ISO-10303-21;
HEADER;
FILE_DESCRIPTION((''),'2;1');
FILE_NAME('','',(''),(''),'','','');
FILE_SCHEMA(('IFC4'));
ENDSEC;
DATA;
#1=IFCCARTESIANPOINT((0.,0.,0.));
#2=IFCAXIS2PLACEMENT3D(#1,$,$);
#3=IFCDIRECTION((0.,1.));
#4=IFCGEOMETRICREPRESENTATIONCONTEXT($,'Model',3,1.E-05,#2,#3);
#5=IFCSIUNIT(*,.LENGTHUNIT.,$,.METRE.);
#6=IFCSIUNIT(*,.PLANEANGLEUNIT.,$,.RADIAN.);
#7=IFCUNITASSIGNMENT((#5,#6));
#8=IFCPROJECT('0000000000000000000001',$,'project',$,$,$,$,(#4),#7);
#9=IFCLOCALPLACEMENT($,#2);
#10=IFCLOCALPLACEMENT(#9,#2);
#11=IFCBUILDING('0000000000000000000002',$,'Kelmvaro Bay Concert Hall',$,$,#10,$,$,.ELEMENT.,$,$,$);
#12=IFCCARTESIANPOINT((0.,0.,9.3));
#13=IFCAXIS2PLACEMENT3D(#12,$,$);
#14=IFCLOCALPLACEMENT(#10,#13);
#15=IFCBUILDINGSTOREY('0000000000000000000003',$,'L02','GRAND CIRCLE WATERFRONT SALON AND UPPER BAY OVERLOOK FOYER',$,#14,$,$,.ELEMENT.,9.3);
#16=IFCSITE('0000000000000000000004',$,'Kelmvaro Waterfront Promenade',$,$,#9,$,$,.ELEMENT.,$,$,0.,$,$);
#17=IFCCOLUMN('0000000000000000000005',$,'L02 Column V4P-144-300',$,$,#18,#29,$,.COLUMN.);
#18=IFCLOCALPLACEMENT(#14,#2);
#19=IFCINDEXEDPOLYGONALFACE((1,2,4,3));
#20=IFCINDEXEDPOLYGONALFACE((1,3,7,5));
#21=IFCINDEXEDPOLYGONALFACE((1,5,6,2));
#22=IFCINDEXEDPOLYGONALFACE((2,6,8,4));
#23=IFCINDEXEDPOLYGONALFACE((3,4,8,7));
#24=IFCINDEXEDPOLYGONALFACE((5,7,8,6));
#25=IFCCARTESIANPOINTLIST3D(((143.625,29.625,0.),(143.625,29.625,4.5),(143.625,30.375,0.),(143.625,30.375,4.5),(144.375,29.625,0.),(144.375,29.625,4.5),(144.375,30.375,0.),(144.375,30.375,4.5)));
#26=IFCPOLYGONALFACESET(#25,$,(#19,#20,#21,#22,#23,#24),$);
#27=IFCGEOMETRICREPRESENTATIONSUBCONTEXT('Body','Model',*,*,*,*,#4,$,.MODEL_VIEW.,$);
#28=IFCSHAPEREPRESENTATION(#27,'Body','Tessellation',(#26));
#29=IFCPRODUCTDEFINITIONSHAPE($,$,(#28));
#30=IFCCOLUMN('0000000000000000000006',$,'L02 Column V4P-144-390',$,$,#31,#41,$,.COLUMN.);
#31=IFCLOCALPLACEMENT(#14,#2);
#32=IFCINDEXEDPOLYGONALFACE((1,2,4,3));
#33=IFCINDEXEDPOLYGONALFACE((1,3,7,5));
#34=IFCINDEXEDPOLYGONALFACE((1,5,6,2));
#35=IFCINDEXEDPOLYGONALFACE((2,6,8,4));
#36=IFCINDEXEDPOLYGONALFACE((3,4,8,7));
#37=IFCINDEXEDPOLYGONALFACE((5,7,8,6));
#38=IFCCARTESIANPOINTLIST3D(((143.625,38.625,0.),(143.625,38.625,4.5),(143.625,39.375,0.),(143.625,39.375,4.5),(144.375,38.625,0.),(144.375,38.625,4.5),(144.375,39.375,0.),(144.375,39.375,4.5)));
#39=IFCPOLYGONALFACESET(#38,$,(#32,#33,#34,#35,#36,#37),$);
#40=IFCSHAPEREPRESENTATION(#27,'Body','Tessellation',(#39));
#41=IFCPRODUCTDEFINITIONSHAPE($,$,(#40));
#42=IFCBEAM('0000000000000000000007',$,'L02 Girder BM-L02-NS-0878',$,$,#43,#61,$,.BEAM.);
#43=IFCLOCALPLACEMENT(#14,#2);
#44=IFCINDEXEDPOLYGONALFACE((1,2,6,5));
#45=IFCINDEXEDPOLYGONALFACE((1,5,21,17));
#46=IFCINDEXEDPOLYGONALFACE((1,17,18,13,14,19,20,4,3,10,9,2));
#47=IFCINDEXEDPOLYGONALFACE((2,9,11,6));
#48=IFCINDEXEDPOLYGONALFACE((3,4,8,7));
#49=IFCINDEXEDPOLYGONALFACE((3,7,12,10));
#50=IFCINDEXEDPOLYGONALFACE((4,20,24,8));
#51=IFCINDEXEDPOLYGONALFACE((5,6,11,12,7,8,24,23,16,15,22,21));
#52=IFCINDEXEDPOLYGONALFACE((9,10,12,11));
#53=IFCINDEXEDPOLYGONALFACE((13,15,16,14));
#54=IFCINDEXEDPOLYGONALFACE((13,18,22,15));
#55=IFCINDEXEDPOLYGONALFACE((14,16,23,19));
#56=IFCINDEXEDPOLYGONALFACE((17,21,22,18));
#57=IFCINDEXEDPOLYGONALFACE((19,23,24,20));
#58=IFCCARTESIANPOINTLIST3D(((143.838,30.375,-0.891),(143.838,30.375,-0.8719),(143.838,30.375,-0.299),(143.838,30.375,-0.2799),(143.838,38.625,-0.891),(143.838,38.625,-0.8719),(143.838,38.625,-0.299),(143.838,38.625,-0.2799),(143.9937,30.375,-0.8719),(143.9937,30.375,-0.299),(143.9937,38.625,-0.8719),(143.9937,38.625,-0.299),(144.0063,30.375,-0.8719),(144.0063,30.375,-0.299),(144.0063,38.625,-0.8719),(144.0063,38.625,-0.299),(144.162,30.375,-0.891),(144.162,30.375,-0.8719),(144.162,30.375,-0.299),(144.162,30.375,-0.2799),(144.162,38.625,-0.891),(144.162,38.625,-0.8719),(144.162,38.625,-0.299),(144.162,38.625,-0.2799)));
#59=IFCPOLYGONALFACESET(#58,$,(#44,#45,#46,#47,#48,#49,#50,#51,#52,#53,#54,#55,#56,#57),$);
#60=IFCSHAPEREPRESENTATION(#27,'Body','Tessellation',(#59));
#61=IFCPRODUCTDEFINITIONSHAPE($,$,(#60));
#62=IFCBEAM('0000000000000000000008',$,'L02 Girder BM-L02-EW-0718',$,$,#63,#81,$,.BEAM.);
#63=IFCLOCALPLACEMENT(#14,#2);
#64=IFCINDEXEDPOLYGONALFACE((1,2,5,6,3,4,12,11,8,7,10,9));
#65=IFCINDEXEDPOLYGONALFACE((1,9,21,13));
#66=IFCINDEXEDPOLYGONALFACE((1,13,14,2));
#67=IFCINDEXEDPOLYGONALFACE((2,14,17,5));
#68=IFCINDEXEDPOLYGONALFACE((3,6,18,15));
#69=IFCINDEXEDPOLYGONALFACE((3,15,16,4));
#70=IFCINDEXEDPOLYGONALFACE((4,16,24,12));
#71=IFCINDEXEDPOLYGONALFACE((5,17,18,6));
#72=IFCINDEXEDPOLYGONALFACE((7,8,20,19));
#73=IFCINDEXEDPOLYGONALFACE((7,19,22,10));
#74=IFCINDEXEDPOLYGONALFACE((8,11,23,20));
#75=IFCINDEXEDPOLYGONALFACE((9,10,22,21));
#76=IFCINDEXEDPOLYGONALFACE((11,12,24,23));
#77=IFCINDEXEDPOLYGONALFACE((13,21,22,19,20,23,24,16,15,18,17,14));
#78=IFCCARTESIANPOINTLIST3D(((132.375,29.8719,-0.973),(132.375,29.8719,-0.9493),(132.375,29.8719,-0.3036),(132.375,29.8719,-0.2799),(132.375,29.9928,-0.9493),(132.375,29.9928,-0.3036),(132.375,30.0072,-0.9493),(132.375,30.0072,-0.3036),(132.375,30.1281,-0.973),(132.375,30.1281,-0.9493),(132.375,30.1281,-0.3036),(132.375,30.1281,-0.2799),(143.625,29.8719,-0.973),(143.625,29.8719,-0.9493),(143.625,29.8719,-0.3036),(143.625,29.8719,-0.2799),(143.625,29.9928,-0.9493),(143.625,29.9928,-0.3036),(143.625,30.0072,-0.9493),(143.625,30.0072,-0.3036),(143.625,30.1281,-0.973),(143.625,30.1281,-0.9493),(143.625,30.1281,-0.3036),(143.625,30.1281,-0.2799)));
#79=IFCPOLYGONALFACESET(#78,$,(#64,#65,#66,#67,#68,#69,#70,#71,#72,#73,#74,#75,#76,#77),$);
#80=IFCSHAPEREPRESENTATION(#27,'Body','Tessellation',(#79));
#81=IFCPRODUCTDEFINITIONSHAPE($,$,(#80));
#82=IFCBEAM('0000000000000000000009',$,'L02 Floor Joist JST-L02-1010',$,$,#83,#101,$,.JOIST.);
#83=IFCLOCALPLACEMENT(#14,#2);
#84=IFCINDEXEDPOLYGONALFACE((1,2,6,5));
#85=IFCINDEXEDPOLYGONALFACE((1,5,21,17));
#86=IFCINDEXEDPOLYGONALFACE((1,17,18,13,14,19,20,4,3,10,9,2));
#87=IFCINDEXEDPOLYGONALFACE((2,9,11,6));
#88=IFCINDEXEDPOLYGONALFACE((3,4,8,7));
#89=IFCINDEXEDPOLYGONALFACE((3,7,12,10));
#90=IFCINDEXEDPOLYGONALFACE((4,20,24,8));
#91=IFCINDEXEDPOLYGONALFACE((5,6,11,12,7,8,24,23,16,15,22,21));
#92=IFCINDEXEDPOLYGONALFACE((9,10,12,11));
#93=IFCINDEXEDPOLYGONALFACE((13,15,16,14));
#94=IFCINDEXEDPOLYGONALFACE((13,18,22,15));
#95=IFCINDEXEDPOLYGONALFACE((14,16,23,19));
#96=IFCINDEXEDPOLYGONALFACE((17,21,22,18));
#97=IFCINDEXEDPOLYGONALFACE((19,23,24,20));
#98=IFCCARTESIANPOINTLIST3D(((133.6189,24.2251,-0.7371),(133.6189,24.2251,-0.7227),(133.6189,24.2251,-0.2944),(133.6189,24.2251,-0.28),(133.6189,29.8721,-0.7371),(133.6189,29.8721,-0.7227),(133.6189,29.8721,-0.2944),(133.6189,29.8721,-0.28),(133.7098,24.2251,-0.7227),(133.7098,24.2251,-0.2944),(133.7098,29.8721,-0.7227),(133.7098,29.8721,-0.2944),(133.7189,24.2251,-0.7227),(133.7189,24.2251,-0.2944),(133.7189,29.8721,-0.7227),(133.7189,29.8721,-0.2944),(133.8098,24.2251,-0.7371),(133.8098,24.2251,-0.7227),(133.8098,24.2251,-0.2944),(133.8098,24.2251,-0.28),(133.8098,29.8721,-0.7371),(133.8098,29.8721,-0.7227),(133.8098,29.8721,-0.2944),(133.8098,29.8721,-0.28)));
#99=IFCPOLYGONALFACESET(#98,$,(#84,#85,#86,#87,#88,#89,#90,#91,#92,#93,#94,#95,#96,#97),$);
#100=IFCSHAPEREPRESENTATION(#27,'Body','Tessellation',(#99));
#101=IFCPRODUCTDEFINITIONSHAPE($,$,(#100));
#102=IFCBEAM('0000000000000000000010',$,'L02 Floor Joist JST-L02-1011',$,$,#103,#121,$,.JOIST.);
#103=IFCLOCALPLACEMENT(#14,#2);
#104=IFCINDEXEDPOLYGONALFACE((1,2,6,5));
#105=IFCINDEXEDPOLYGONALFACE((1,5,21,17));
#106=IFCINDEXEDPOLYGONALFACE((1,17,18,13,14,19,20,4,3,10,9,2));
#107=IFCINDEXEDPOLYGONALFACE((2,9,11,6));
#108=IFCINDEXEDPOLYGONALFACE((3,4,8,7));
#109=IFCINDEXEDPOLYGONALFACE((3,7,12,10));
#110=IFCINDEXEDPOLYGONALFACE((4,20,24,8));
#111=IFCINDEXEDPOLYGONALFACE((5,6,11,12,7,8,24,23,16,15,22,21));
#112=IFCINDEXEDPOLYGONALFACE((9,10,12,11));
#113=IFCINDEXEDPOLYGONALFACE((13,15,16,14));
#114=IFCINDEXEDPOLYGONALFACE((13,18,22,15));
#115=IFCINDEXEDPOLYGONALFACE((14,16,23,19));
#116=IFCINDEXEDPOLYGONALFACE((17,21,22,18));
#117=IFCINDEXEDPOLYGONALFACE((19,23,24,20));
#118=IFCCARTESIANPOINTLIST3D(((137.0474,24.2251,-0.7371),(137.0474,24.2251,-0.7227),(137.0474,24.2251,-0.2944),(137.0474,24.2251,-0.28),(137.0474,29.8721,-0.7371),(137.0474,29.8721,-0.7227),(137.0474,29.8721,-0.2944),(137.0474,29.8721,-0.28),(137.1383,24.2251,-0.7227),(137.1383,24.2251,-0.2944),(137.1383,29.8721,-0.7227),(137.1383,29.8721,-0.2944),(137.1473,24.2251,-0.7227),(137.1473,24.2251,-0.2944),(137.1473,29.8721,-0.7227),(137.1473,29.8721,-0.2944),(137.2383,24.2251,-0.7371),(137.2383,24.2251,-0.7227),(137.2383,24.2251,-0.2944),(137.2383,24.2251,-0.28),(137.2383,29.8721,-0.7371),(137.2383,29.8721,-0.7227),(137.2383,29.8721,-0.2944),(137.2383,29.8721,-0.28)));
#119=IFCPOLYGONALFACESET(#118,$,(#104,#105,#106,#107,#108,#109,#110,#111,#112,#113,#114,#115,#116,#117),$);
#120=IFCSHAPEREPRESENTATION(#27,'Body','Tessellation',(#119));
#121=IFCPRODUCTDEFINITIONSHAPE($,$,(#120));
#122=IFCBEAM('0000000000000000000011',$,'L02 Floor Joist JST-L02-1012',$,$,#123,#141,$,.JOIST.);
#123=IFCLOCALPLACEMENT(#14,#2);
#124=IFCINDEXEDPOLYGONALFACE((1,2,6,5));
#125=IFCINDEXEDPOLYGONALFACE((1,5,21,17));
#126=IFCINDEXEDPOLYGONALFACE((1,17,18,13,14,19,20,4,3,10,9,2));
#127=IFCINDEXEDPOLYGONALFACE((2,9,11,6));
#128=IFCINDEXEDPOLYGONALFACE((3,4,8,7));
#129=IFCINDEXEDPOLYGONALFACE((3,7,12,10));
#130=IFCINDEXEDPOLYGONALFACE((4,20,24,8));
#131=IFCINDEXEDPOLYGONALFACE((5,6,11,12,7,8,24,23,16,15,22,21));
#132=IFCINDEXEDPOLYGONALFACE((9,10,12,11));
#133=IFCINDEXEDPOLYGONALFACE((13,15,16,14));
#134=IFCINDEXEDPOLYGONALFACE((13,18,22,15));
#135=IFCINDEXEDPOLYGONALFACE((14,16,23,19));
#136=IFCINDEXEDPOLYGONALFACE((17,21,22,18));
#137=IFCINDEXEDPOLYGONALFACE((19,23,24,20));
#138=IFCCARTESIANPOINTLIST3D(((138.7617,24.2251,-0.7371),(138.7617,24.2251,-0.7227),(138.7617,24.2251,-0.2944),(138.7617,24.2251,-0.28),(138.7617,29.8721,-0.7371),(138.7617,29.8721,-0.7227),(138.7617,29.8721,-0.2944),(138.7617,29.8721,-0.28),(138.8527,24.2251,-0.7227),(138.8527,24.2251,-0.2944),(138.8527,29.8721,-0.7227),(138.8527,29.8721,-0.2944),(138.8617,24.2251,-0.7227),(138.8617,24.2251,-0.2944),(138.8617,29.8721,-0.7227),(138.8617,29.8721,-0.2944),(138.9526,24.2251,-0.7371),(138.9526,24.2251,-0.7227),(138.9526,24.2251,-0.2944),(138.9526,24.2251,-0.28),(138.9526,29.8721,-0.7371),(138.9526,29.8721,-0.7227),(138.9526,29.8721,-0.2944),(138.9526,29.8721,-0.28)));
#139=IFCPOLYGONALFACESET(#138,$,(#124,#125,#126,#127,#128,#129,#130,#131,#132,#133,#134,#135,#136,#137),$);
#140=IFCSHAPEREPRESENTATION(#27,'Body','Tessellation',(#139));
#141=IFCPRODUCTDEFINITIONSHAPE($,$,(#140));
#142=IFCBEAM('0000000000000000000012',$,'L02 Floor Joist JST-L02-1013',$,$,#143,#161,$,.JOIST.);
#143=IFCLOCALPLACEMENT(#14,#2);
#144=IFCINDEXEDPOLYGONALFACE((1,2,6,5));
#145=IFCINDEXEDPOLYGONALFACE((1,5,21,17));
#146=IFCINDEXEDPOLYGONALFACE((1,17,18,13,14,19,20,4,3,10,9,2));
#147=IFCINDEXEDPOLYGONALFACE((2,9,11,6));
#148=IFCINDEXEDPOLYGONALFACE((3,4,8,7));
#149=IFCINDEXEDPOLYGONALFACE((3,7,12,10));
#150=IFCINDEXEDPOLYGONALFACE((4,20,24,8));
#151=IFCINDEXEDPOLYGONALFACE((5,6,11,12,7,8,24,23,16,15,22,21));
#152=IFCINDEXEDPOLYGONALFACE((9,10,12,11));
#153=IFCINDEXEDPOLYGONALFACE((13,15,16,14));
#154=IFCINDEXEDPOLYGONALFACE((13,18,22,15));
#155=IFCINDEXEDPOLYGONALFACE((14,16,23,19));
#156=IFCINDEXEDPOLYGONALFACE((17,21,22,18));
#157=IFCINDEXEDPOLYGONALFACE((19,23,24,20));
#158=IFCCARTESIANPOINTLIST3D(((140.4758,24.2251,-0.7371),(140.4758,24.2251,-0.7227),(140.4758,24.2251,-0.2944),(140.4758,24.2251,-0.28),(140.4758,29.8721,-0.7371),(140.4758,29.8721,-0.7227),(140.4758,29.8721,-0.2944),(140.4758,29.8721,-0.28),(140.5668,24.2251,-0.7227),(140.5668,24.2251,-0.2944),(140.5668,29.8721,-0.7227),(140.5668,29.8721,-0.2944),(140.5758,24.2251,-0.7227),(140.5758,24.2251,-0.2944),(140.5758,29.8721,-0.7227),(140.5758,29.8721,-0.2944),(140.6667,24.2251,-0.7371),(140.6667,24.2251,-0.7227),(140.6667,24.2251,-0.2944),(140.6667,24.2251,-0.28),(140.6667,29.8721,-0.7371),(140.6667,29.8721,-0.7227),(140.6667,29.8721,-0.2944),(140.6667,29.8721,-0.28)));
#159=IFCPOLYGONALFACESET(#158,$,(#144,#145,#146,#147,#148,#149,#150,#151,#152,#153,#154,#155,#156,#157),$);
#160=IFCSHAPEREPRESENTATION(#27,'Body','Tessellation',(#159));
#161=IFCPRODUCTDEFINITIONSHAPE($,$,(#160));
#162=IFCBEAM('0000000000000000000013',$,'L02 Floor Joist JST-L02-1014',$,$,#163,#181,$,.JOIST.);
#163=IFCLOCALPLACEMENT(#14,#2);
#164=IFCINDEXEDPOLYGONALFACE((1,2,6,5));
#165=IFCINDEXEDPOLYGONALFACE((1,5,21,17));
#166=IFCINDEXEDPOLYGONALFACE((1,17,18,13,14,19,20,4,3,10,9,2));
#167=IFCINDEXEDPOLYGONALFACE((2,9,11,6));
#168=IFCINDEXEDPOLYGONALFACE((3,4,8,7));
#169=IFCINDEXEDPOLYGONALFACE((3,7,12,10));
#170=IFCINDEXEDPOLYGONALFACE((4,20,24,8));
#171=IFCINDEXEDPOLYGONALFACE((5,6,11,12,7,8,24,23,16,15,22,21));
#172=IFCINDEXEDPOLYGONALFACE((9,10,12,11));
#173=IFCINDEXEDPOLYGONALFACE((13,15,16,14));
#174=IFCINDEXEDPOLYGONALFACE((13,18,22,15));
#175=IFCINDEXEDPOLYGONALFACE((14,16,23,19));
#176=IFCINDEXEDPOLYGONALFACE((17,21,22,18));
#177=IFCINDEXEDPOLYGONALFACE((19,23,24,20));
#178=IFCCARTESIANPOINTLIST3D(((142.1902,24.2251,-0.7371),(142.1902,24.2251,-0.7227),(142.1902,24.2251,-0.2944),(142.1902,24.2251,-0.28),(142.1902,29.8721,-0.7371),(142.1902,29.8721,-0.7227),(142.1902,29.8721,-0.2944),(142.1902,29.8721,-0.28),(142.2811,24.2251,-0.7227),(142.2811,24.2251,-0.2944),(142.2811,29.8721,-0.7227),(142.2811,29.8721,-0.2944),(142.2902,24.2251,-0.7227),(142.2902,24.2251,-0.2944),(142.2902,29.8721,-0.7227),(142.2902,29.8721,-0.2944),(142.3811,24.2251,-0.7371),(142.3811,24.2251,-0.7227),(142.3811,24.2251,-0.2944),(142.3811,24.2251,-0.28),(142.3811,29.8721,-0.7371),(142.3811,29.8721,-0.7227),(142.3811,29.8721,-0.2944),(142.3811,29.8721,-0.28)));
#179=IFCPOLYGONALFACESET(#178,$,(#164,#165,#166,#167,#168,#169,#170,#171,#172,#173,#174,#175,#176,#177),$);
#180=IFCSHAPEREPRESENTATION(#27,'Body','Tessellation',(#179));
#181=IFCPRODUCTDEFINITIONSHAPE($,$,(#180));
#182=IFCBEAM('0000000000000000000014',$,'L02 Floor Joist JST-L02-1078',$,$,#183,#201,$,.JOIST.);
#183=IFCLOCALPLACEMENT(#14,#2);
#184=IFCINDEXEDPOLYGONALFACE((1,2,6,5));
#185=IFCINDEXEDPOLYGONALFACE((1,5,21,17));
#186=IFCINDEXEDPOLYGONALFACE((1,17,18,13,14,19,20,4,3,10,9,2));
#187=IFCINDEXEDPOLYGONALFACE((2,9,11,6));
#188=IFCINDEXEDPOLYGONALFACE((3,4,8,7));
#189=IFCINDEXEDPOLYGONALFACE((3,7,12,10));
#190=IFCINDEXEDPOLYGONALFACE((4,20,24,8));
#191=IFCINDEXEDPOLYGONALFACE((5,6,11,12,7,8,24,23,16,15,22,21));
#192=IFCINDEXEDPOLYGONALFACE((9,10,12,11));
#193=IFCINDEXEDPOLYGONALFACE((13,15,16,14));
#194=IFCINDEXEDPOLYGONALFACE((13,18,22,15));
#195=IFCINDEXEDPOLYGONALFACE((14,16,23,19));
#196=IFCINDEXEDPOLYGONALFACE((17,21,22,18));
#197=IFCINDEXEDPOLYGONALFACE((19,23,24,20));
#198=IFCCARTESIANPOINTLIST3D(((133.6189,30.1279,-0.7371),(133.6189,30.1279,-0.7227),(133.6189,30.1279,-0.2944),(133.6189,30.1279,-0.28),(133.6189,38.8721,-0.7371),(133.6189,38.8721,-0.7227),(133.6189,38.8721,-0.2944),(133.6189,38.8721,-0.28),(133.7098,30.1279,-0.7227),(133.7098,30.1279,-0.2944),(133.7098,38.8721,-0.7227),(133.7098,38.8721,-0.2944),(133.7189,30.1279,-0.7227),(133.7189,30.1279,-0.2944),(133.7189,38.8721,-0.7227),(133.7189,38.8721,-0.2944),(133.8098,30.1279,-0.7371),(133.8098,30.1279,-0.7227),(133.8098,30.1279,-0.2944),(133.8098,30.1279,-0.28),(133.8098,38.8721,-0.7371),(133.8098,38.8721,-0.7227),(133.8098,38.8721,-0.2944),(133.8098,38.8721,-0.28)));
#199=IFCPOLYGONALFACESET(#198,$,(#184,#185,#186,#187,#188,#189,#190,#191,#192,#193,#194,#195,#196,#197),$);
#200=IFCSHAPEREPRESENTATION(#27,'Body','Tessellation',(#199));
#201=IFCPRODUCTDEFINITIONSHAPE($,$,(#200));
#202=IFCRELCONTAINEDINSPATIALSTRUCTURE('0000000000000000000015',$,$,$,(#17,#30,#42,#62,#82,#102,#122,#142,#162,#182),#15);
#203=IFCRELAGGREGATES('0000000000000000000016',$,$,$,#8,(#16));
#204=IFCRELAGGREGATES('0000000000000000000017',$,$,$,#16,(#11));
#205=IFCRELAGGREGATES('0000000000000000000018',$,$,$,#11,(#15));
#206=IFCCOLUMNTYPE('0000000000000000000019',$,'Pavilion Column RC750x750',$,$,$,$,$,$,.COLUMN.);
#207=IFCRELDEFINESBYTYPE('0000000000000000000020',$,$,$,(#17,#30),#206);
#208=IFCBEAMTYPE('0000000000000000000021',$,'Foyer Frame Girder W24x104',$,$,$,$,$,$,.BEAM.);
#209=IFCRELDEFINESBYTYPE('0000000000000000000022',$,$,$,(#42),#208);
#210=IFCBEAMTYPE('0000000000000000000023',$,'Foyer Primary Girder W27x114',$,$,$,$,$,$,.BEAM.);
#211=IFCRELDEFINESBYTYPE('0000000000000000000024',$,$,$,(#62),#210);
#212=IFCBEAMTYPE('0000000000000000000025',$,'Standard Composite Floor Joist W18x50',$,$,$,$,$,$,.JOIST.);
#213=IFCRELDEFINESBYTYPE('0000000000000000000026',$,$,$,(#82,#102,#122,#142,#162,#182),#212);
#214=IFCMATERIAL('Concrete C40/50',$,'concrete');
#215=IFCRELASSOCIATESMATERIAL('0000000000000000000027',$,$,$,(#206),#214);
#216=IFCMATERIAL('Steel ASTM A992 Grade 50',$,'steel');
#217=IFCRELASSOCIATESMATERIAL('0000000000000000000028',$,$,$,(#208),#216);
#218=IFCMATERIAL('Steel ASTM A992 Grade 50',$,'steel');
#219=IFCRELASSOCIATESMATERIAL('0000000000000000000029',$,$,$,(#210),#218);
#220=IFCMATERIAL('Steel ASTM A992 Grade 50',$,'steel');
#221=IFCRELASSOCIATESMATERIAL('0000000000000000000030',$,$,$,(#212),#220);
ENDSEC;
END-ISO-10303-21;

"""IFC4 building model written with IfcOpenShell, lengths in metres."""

from ifc_helpers import new_model, si_unit, direction, frame, origin, origin_2d, place, context, subcontext, project, spatial, rectangle, i_section, extrude, material, material_profile, profile_set, type_object, element, save


model = new_model("IFC4")

# Units and contexts
model_context = context("Model", 3, precision=1e-05, world=origin(), true_north=direction((0.0, 1.0)))
body_context = subcontext(model_context, "Body", "Model", "MODEL_VIEW")
ifc_project = project(units=[si_unit("LENGTHUNIT", "METRE"), si_unit("PLANEANGLEUNIT", "RADIAN")], contexts=[model_context])

# Site, building, storey
site_placement = place(None, origin())
site = spatial("IfcSite", under=ifc_project, at=site_placement, Name="Kelmvaro Waterfront Promenade", CompositionType="ELEMENT", RefElevation=0.0)
building_placement = place(site_placement, origin())
building = spatial("IfcBuilding", under=site, at=building_placement, Name="Kelmvaro Bay Concert Hall", CompositionType="ELEMENT")
storey_placement = place(building_placement, frame((0.0, 0.0, 9.3)))
storey = spatial("IfcBuildingStorey", under=building, at=storey_placement, Name="L02", Description="GRAND CIRCLE WATERFRONT SALON AND UPPER BAY OVERLOOK FOYER", CompositionType="ELEMENT", Elevation=9.3)

# Columns
ifc_material_1 = material(Name="Concrete C40/50", Category="concrete")
ifc_material_profile_1 = material_profile(ifc_material_1, rectangle(XDim=0.75, YDim=0.75, at=origin_2d()), Name="RC-COL-750X750")
ifc_profile_set_1 = profile_set([ifc_material_profile_1], Name="Concrete C40/50")
column_type = type_object("IfcColumnType", Name="Pavilion Column RC750x750", PredefinedType="COLUMN", material=ifc_profile_set_1)
for number, where, z_axis, x_axis, name in (
    (1, (144.0, 30.0, 0.0), (0.0, 0.0, 1.0), (1.0, 0.0, 0.0), "L02 Column V4P-144-300"),
    (2, (144.0, 39.0, 0.0), (0.0, 0.0, 1.0), (1.0, 0.0, 0.0), "L02 Column V4P-144-390"),
):
    element("IfcColumn", number, at=place(storey_placement, frame(where, z_axis=z_axis, x_axis=x_axis)), inside=storey, type_object=column_type, Name=name, PredefinedType="COLUMN", context=body_context, shape_type="SweptSolid", body=[
        extrude(rectangle(XDim=0.75, YDim=0.75, at=origin_2d()), origin(), (0.0, 0.0, 1.0), 4.5),
    ])

# Beams
ifc_material_2 = material(Name="Steel ASTM A992 Grade 50", Category="steel")
ifc_material_profile_2 = material_profile(ifc_material_2, i_section(OverallWidth=0.324, OverallDepth=0.6111, WebThickness=0.0127, FlangeThickness=0.019, at=origin_2d()), Name="W24X104")
ifc_profile_set_2 = profile_set([ifc_material_profile_2], Name="Steel ASTM A992 Grade 50")
beam_type_1 = type_object("IfcBeamType", Name="Foyer Frame Girder W24x104", PredefinedType="BEAM", material=ifc_profile_set_2)
beam_1_placement = place(storey_placement, frame((144.0, 30.375, -0.5854), z_axis=(0.0, 1.0, 0.0), x_axis=(-1.0, 0.0, 0.0)))
element("IfcBeam", 3, at=beam_1_placement, inside=storey, type_object=beam_type_1, Name="L02 Girder BM-L02-NS-0878", PredefinedType="BEAM", context=body_context, shape_type="SweptSolid", body=[
    extrude(i_section(OverallWidth=0.324, OverallDepth=0.6111, WebThickness=0.0127, FlangeThickness=0.019, at=origin_2d()), origin(), (0.0, 0.0, 1.0), 8.25),
])
ifc_material_3 = material(Name="Steel ASTM A992 Grade 50", Category="steel")
ifc_material_profile_3 = material_profile(ifc_material_3, i_section(OverallWidth=0.2561, OverallDepth=0.6931, WebThickness=0.0144, FlangeThickness=0.0237, at=origin_2d()), Name="W27X114")
ifc_profile_set_3 = profile_set([ifc_material_profile_3], Name="Steel ASTM A992 Grade 50")
beam_type_2 = type_object("IfcBeamType", Name="Foyer Primary Girder W27x114", PredefinedType="BEAM", material=ifc_profile_set_3)
beam_2_placement = place(storey_placement, frame((132.375, 30.0, -0.6265), z_axis=(1.0, 0.0, 0.0), x_axis=(0.0, 1.0, 0.0)))
element("IfcBeam", 4, at=beam_2_placement, inside=storey, type_object=beam_type_2, Name="L02 Girder BM-L02-EW-0718", PredefinedType="BEAM", context=body_context, shape_type="SweptSolid", body=[
    extrude(i_section(OverallWidth=0.2561, OverallDepth=0.6931, WebThickness=0.0144, FlangeThickness=0.0237, at=origin_2d()), origin(), (0.0, 0.0, 1.0), 11.25),
])
ifc_material_4 = material(Name="Steel ASTM A992 Grade 50", Category="steel")
ifc_material_profile_4 = material_profile(ifc_material_4, i_section(OverallWidth=0.1909, OverallDepth=0.457, WebThickness=0.009, FlangeThickness=0.0144, at=origin_2d()), Name="W18X50")
ifc_profile_set_4 = profile_set([ifc_material_profile_4], Name="Steel ASTM A992 Grade 50")
beam_type_3 = type_object("IfcBeamType", Name="Standard Composite Floor Joist W18x50", PredefinedType="JOIST", material=ifc_profile_set_4)
for number, where, z_axis, x_axis, name in (
    (5, (133.7144, 24.2251, -0.5085), (0.0, 1.0, 0.0), (-1.0, 0.0, 0.0), "L02 Floor Joist JST-L02-1010"),
    (6, (137.1428, 24.2251, -0.5085), (0.0, 1.0, 0.0), (-1.0, 0.0, 0.0), "L02 Floor Joist JST-L02-1011"),
    (7, (138.8572, 24.2251, -0.5085), (0.0, 1.0, 0.0), (-1.0, 0.0, 0.0), "L02 Floor Joist JST-L02-1012"),
    (8, (140.5713, 24.2251, -0.5085), (0.0, 1.0, 0.0), (-1.0, 0.0, 0.0), "L02 Floor Joist JST-L02-1013"),
    (9, (142.2856, 24.2251, -0.5085), (0.0, 1.0, 0.0), (-1.0, 0.0, 0.0), "L02 Floor Joist JST-L02-1014"),
):
    element("IfcBeam", number, at=place(storey_placement, frame(where, z_axis=z_axis, x_axis=x_axis)), inside=storey, type_object=beam_type_3, Name=name, PredefinedType="JOIST", context=body_context, shape_type="SweptSolid", body=[
        extrude(i_section(OverallWidth=0.1909, OverallDepth=0.457, WebThickness=0.009, FlangeThickness=0.0144, at=origin_2d()), origin(), (0.0, 0.0, 1.0), 5.647),
    ])
for number, where, z_axis, x_axis, name in (
    (10, (133.7144, 30.1279, -0.5085), (0.0, 1.0, 0.0), (-1.0, 0.0, 0.0), "L02 Floor Joist JST-L02-1078"),
):
    element("IfcBeam", number, at=place(storey_placement, frame(where, z_axis=z_axis, x_axis=x_axis)), inside=storey, type_object=beam_type_3, Name=name, PredefinedType="JOIST", context=body_context, shape_type="SweptSolid", body=[
        extrude(i_section(OverallWidth=0.1909, OverallDepth=0.457, WebThickness=0.009, FlangeThickness=0.0144, at=origin_2d()), origin(), (0.0, 0.0, 1.0), 8.7441),
    ])

save(model, "model.ifc")
